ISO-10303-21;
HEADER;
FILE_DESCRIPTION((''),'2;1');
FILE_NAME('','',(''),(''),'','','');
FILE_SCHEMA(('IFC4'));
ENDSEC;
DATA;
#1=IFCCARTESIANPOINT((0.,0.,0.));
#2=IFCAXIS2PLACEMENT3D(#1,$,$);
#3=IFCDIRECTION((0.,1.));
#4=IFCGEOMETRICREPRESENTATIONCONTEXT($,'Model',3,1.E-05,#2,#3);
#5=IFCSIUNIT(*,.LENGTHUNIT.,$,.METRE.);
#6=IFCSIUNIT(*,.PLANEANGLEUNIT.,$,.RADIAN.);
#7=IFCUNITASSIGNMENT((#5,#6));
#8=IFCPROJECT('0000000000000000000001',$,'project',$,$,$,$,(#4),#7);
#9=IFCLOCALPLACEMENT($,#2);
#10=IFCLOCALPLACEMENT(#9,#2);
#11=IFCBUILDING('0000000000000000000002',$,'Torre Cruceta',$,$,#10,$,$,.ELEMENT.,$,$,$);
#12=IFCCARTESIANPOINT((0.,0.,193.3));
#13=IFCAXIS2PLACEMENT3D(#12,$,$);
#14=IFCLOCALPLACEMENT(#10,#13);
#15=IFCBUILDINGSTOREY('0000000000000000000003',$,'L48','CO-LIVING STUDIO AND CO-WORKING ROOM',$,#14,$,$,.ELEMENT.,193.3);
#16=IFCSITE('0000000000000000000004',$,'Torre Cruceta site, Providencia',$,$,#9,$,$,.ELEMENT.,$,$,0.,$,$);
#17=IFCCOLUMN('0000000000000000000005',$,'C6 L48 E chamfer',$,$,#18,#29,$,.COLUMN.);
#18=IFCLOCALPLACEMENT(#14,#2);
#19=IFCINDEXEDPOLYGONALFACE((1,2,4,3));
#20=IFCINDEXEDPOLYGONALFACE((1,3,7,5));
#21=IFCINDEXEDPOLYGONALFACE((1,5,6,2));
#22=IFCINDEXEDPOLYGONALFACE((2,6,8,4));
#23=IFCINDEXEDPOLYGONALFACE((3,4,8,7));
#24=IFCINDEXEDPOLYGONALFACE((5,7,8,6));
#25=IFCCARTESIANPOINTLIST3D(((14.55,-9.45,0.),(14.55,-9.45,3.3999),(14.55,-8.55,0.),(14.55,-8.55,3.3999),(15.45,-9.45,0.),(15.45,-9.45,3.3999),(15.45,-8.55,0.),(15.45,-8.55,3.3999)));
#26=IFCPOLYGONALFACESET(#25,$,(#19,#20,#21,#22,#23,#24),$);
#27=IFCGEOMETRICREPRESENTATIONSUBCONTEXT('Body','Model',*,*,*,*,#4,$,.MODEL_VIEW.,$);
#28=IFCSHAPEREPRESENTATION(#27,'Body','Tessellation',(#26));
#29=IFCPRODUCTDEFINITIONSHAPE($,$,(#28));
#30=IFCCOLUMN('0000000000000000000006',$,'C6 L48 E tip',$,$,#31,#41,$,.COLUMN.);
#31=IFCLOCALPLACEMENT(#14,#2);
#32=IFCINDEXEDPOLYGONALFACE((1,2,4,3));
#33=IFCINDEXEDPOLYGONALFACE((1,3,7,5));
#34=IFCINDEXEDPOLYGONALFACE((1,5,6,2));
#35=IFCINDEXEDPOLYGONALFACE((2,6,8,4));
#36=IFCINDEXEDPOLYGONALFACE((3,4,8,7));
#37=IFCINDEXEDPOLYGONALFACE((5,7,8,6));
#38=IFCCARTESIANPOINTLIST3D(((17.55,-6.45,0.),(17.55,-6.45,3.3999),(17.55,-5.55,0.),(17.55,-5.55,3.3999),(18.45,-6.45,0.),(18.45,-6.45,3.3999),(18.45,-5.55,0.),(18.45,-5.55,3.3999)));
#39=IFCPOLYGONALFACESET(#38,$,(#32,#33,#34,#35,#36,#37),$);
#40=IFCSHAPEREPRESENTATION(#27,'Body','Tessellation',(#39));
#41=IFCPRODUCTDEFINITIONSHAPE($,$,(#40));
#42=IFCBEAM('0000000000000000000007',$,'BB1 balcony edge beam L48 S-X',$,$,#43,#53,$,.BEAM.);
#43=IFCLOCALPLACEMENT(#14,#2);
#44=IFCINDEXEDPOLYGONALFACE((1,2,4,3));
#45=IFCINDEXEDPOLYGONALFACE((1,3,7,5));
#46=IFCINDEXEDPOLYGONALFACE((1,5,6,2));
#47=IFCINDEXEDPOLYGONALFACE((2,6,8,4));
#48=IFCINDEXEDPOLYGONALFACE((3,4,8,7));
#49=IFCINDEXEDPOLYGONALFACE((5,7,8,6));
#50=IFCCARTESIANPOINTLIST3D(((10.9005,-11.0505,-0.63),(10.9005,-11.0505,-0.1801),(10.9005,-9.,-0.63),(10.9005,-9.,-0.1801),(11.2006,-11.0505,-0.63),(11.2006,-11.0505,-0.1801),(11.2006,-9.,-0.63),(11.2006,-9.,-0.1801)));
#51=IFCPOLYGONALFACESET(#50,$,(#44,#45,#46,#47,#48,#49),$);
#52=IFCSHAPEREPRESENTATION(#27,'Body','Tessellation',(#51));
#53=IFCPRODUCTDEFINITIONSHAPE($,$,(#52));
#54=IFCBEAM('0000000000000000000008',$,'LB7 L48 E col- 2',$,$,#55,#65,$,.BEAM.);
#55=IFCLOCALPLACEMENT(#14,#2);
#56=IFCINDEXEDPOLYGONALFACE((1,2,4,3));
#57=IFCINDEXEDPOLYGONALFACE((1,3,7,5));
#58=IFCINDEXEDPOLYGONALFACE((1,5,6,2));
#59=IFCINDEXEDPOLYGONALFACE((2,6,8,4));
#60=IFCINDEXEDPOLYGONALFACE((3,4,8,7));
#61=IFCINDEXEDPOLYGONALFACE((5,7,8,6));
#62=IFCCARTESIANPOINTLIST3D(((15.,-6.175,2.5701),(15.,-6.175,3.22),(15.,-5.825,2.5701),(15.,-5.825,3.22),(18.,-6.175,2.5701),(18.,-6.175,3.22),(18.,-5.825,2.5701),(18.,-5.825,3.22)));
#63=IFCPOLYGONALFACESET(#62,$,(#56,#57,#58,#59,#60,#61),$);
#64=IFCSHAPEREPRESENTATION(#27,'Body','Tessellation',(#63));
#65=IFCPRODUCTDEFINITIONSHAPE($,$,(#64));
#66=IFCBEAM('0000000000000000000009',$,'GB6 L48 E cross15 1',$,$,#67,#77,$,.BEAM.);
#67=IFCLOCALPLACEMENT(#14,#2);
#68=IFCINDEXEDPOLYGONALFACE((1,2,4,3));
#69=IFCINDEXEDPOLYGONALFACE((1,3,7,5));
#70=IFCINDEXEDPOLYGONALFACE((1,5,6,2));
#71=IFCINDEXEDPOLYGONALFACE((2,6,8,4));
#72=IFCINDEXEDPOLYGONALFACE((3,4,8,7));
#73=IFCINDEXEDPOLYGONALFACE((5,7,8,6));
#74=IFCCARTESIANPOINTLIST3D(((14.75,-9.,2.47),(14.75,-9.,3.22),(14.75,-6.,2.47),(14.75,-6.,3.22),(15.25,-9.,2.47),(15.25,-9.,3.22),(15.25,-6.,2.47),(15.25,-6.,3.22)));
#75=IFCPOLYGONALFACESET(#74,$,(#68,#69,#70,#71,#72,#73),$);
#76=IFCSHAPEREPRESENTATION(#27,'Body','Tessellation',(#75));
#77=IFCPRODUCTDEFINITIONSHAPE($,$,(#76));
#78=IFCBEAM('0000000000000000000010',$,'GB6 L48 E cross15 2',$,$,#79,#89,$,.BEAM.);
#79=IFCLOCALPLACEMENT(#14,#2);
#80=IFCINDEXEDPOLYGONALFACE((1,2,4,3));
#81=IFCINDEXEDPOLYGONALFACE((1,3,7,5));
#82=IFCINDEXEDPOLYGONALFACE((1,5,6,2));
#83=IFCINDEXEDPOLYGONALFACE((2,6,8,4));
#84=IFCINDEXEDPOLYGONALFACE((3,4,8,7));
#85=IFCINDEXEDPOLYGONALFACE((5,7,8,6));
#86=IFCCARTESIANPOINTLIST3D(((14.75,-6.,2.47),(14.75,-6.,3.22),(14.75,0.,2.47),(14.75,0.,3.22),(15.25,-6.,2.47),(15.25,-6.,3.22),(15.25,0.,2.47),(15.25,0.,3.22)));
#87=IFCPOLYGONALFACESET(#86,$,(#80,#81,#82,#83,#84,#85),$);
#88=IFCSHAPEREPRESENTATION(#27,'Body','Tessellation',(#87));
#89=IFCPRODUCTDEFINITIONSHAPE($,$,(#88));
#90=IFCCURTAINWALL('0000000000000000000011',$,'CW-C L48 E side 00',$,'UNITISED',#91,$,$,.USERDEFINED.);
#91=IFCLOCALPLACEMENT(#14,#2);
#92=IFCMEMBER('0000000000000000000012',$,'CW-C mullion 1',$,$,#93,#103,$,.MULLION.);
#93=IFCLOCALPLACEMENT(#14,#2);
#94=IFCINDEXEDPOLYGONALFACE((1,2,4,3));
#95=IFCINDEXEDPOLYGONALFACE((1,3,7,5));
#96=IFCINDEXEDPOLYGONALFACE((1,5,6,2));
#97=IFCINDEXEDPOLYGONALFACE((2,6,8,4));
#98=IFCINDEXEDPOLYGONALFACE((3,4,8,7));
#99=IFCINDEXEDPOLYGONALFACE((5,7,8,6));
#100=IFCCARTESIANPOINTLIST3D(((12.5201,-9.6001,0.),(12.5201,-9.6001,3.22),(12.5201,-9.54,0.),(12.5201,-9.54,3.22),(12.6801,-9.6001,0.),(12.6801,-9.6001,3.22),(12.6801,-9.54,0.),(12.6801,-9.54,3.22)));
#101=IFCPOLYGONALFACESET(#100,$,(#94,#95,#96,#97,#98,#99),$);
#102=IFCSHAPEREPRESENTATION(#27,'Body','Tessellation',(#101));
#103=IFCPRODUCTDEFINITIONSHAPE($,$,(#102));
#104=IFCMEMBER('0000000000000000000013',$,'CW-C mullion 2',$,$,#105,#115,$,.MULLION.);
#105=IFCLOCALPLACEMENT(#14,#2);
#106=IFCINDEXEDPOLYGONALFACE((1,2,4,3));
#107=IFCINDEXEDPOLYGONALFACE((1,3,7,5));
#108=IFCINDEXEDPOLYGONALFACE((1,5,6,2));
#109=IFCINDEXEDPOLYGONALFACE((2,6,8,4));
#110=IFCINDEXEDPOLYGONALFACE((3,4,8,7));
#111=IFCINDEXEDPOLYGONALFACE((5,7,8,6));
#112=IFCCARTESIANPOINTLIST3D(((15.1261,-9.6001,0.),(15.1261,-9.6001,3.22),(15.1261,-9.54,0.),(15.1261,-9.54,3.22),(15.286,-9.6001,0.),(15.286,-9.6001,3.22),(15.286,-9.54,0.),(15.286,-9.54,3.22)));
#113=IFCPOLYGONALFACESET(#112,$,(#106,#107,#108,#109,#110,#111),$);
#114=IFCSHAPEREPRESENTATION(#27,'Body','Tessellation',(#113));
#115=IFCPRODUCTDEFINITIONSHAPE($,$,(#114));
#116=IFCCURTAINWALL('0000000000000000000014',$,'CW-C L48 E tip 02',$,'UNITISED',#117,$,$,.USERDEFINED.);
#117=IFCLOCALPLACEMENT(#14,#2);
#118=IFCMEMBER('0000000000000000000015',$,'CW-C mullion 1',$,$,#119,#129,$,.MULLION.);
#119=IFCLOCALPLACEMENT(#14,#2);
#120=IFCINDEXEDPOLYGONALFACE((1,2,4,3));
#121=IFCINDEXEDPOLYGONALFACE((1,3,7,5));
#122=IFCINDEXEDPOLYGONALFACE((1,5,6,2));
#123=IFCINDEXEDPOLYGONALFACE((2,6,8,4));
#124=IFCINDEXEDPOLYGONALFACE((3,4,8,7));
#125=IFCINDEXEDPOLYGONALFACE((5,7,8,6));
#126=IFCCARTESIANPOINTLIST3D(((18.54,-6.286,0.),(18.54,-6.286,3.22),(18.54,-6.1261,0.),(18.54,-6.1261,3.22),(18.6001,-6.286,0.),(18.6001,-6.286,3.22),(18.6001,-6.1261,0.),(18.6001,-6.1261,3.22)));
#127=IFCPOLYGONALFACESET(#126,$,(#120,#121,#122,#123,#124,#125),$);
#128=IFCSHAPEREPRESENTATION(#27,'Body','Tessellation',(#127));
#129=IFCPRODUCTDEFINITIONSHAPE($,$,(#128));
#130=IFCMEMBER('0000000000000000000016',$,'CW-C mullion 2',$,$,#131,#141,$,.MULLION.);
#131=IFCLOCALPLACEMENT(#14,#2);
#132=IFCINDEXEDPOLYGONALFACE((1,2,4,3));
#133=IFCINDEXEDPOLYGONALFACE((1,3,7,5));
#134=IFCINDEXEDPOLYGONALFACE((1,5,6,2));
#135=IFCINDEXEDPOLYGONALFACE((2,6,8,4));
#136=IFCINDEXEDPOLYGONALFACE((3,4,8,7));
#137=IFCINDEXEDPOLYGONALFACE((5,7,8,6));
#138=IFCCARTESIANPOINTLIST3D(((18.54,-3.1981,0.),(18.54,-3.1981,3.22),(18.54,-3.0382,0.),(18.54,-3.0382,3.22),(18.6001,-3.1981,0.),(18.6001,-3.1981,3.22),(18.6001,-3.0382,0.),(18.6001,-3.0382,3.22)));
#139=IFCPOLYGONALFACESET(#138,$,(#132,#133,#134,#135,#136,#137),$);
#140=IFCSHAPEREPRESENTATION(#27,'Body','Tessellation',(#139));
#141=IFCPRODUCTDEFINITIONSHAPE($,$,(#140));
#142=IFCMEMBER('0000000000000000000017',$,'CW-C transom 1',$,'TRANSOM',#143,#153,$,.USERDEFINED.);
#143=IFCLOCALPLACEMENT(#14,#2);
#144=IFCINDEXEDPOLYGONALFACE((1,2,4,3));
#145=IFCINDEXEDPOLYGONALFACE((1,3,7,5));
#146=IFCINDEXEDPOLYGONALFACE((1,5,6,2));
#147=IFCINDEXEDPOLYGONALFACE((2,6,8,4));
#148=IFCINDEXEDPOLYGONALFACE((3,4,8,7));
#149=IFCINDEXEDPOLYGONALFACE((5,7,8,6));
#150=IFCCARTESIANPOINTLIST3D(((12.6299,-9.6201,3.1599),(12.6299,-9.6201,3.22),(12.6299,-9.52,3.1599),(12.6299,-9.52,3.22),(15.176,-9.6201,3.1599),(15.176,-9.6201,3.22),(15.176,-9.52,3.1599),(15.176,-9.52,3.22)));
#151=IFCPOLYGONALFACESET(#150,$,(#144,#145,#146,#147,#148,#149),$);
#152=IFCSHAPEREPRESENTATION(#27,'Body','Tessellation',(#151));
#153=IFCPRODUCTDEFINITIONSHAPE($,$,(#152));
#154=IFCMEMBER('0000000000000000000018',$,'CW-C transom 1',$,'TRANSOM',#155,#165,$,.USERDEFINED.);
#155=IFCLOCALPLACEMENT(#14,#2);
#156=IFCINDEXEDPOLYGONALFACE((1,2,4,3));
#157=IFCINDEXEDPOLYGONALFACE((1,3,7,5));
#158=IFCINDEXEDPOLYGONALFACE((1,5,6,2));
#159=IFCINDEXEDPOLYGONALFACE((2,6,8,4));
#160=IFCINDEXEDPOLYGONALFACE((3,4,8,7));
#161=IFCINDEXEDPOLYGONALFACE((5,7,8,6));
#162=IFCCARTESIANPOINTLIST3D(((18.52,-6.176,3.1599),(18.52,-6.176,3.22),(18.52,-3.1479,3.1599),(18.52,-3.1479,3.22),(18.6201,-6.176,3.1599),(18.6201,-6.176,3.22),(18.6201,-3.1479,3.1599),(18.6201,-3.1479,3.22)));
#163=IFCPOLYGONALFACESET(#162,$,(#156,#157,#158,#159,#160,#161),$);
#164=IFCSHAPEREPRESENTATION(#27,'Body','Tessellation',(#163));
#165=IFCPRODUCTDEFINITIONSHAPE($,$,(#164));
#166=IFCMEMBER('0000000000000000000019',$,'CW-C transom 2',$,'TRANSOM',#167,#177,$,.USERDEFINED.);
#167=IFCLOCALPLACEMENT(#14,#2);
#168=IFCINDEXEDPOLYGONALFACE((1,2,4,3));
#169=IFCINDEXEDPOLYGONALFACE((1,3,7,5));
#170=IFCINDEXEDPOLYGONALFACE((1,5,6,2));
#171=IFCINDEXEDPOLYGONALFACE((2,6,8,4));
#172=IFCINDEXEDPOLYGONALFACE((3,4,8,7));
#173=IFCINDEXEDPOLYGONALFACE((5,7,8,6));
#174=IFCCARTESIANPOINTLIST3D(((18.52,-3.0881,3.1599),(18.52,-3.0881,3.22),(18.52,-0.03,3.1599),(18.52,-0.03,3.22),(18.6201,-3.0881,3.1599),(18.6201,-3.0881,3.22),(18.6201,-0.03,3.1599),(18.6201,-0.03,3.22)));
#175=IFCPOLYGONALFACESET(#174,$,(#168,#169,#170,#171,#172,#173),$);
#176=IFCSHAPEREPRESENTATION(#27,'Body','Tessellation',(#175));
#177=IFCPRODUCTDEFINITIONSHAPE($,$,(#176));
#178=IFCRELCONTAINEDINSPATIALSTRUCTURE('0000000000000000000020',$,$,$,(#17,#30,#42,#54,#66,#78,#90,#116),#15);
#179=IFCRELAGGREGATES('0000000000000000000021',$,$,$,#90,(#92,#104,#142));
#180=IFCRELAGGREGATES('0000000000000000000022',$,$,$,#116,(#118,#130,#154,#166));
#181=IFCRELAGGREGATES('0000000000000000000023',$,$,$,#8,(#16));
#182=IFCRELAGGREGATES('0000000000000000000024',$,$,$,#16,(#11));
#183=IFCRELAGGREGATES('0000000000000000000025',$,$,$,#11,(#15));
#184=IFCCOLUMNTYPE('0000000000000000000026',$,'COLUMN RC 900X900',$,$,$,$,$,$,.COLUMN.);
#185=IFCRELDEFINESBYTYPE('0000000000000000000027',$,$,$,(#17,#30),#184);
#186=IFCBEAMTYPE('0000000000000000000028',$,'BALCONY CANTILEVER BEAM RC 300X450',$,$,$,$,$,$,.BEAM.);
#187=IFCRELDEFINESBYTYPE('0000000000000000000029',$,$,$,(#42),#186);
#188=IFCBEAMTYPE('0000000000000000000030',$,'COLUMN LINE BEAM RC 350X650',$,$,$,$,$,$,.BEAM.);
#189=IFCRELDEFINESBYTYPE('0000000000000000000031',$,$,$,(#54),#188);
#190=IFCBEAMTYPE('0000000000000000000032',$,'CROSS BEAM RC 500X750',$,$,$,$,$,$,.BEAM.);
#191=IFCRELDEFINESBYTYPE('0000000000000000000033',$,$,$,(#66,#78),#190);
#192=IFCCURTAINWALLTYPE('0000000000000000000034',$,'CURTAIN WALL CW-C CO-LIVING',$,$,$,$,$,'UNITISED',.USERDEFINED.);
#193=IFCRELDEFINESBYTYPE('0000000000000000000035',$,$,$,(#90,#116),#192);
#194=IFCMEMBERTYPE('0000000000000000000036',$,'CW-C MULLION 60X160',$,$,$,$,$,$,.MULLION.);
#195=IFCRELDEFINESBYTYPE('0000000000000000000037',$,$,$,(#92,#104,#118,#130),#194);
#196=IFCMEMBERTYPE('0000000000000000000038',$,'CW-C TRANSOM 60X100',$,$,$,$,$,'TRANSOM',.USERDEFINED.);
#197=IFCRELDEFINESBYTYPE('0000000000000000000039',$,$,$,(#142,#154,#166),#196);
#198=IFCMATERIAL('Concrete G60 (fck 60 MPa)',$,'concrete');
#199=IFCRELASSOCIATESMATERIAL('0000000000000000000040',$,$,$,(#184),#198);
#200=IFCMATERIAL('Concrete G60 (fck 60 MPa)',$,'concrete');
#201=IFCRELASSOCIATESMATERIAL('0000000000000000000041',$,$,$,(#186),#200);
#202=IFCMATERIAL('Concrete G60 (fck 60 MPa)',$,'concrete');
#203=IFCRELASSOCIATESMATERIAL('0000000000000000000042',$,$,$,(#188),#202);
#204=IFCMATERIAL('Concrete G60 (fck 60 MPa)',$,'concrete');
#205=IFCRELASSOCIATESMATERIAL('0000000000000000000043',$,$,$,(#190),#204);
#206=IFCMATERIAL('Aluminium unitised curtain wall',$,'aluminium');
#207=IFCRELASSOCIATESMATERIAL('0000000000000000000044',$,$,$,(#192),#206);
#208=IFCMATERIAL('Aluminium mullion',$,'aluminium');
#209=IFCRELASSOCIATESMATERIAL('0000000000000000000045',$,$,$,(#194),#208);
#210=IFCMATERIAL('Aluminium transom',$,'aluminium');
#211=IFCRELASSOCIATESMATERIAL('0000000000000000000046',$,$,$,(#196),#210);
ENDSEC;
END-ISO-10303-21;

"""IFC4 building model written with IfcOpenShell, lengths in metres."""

from ifc_helpers import new_model, si_unit, direction, frame, origin, origin_2d, place, context, subcontext, project, spatial, rectangle, extrude, material, material_profile, profile_set, type_object, element, aggregate, save


model = new_model("IFC4")

# Units and contexts
model_context = context("Model", 3, precision=1e-05, world=origin(), true_north=direction((0.0, 1.0)))
body_context = subcontext(model_context, "Body", "Model", "MODEL_VIEW")
ifc_project = project(units=[si_unit("LENGTHUNIT", "METRE"), si_unit("PLANEANGLEUNIT", "RADIAN")], contexts=[model_context])

# Site, building, storey
site_placement = place(None, origin())
site = spatial("IfcSite", under=ifc_project, at=site_placement, Name="Torre Cruceta site, Providencia", CompositionType="ELEMENT", RefElevation=0.0)
building_placement = place(site_placement, origin())
building = spatial("IfcBuilding", under=site, at=building_placement, Name="Torre Cruceta", CompositionType="ELEMENT")
storey_placement = place(building_placement, frame((0.0, 0.0, 193.3)))
storey = spatial("IfcBuildingStorey", under=building, at=storey_placement, Name="L48", Description="CO-LIVING STUDIO AND CO-WORKING ROOM", CompositionType="ELEMENT", Elevation=193.3)

# Columns
ifc_material_1 = material(Name="Concrete G60 (fck 60 MPa)", Category="concrete")
ifc_material_profile_1 = material_profile(ifc_material_1, rectangle(XDim=0.8999, YDim=0.8999, at=origin_2d()), Name="RC 900X900")
ifc_profile_set_1 = profile_set([ifc_material_profile_1], Name="Concrete G60 (fck 60 MPa)")
column_type = type_object("IfcColumnType", Name="COLUMN RC 900X900", PredefinedType="COLUMN", material=ifc_profile_set_1)
for number, where, z_axis, x_axis, name in (
    (1, (15.0, -9.0, 0.0), (0.0, 0.0, 1.0), (1.0, 0.0, 0.0), "C6 L48 E chamfer"),
    (2, (18.0, -6.0, 0.0), (0.0, 0.0, 1.0), (1.0, 0.0, 0.0), "C6 L48 E tip"),
):
    element("IfcColumn", number, at=place(storey_placement, frame(where, z_axis=z_axis, x_axis=x_axis)), inside=storey, type_object=column_type, Name=name, PredefinedType="COLUMN", context=body_context, shape_type="SweptSolid", body=[
        extrude(rectangle(XDim=0.8999, YDim=0.8999, at=origin_2d()), origin(), (0.0, 0.0, 1.0), 3.3999),
    ])

# Beams
ifc_material_2 = material(Name="Concrete G60 (fck 60 MPa)", Category="concrete")
ifc_material_profile_2 = material_profile(ifc_material_2, rectangle(XDim=0.3, YDim=0.45, at=origin_2d()), Name="RC 300X450")
ifc_profile_set_2 = profile_set([ifc_material_profile_2], Name="Concrete G60 (fck 60 MPa)")
beam_type_1 = type_object("IfcBeamType", Name="BALCONY CANTILEVER BEAM RC 300X450", PredefinedType="BEAM", material=ifc_profile_set_2)
beam_1_placement = place(storey_placement, frame((11.0505, -9.0, -0.405), z_axis=(0.0, -1.0, 0.0), x_axis=(1.0, 0.0, 0.0)))
element("IfcBeam", 3, at=beam_1_placement, inside=storey, type_object=beam_type_1, Name="BB1 balcony edge beam L48 S-X", PredefinedType="BEAM", context=body_context, shape_type="SweptSolid", body=[
    extrude(rectangle(XDim=0.3, YDim=0.45, at=origin_2d()), origin(), (0.0, 0.0, 1.0), 2.0505),
])
ifc_material_3 = material(Name="Concrete G60 (fck 60 MPa)", Category="concrete")
ifc_material_profile_3 = material_profile(ifc_material_3, rectangle(XDim=0.3501, YDim=0.6499, at=origin_2d()), Name="RC 350X650")
ifc_profile_set_3 = profile_set([ifc_material_profile_3], Name="Concrete G60 (fck 60 MPa)")
beam_type_2 = type_object("IfcBeamType", Name="COLUMN LINE BEAM RC 350X650", PredefinedType="BEAM", material=ifc_profile_set_3)
beam_2_placement = place(storey_placement, frame((15.0, -6.0, 2.895), z_axis=(1.0, 0.0, 0.0), x_axis=(0.0, 1.0, 0.0)))
element("IfcBeam", 4, at=beam_2_placement, inside=storey, type_object=beam_type_2, Name="LB7 L48 E col- 2", PredefinedType="BEAM", context=body_context, shape_type="SweptSolid", body=[
    extrude(rectangle(XDim=0.3501, YDim=0.6499, at=origin_2d()), origin(), (0.0, 0.0, 1.0), 3.0),
])
ifc_material_4 = material(Name="Concrete G60 (fck 60 MPa)", Category="concrete")
ifc_material_profile_4 = material_profile(ifc_material_4, rectangle(XDim=0.5, YDim=0.75, at=origin_2d()), Name="RC 500X750")
ifc_profile_set_4 = profile_set([ifc_material_profile_4], Name="Concrete G60 (fck 60 MPa)")
beam_type_3 = type_object("IfcBeamType", Name="CROSS BEAM RC 500X750", PredefinedType="BEAM", material=ifc_profile_set_4)
beam_3_placement = place(storey_placement, frame((15.0, -9.0, 2.845), z_axis=(0.0, 1.0, 0.0), x_axis=(-1.0, 0.0, 0.0)))
element("IfcBeam", 5, at=beam_3_placement, inside=storey, type_object=beam_type_3, Name="GB6 L48 E cross15 1", PredefinedType="BEAM", context=body_context, shape_type="SweptSolid", body=[
    extrude(rectangle(XDim=0.5, YDim=0.75, at=origin_2d()), origin(), (0.0, 0.0, 1.0), 3.0),
])
beam_4_placement = place(storey_placement, frame((15.0, -6.0, 2.845), z_axis=(0.0, 1.0, 0.0), x_axis=(-1.0, 0.0, 0.0)))
element("IfcBeam", 6, at=beam_4_placement, inside=storey, type_object=beam_type_3, Name="GB6 L48 E cross15 2", PredefinedType="BEAM", context=body_context, shape_type="SweptSolid", body=[
    extrude(rectangle(XDim=0.5, YDim=0.75, at=origin_2d()), origin(), (0.0, 0.0, 1.0), 6.0),
])

# Curtain walls, members
ifc_material_5 = material(Name="Aluminium unitised curtain wall", Category="aluminium")
curtain_wall_type = type_object("IfcCurtainWallType", Name="CURTAIN WALL CW-C CO-LIVING", ElementType="UNITISED", PredefinedType="USERDEFINED", material=ifc_material_5)
curtain_wall_1_placement = place(storey_placement, origin())
curtain_wall_1 = element("IfcCurtainWall", 7, at=curtain_wall_1_placement, inside=storey, type_object=curtain_wall_type, Name="CW-C L48 E side 00", ObjectType="UNITISED", PredefinedType="USERDEFINED")
ifc_material_6 = material(Name="Aluminium mullion", Category="aluminium")
ifc_material_profile_5 = material_profile(ifc_material_6, rectangle(XDim=0.0601, YDim=0.1599, at=origin_2d()), Name="AL 60X160")
ifc_profile_set_5 = profile_set([ifc_material_profile_5], Name="Aluminium mullion")
member_type_1 = type_object("IfcMemberType", Name="CW-C MULLION 60X160", PredefinedType="MULLION", material=ifc_profile_set_5)
member_1_placement = place(storey_placement, frame((12.6001, -9.5701, 0.0), z_axis=(0.0, 0.0, 1.0), x_axis=(0.0, 1.0, 0.0)))
member_1 = element("IfcMember", 8, at=member_1_placement, type_object=member_type_1, Name="CW-C mullion 1", PredefinedType="MULLION", context=body_context, shape_type="SweptSolid", body=[
    extrude(rectangle(XDim=0.0601, YDim=0.1599, at=origin_2d()), origin(), (0.0, 0.0, 1.0), 3.22),
])
member_2_placement = place(storey_placement, frame((15.2061, -9.5701, 0.0), z_axis=(0.0, 0.0, 1.0), x_axis=(0.0, 1.0, 0.0)))
member_2 = element("IfcMember", 9, at=member_2_placement, type_object=member_type_1, Name="CW-C mullion 2", PredefinedType="MULLION", context=body_context, shape_type="SweptSolid", body=[
    extrude(rectangle(XDim=0.0601, YDim=0.1599, at=origin_2d()), origin(), (0.0, 0.0, 1.0), 3.22),
])
curtain_wall_2_placement = place(storey_placement, origin())
curtain_wall_2 = element("IfcCurtainWall", 10, at=curtain_wall_2_placement, inside=storey, type_object=curtain_wall_type, Name="CW-C L48 E tip 02", ObjectType="UNITISED", PredefinedType="USERDEFINED")
member_3_placement = place(storey_placement, frame((18.5701, -6.2061, 0.0), z_axis=(0.0, 0.0, 1.0), x_axis=(-1.0, 0.0, 0.0)))
member_3 = element("IfcMember", 11, at=member_3_placement, type_object=member_type_1, Name="CW-C mullion 1", PredefinedType="MULLION", context=body_context, shape_type="SweptSolid", body=[
    extrude(rectangle(XDim=0.0601, YDim=0.1599, at=origin_2d()), origin(), (0.0, 0.0, 1.0), 3.22),
])
member_4_placement = place(storey_placement, frame((18.5701, -3.1182, 0.0), z_axis=(0.0, 0.0, 1.0), x_axis=(-1.0, 0.0, 0.0)))
member_4 = element("IfcMember", 12, at=member_4_placement, type_object=member_type_1, Name="CW-C mullion 2", PredefinedType="MULLION", context=body_context, shape_type="SweptSolid", body=[
    extrude(rectangle(XDim=0.0601, YDim=0.1599, at=origin_2d()), origin(), (0.0, 0.0, 1.0), 3.22),
])

# Members
ifc_material_7 = material(Name="Aluminium transom", Category="aluminium")
ifc_material_profile_6 = material_profile(ifc_material_7, rectangle(XDim=0.1001, YDim=0.0601, at=origin_2d()), Name="AL 100X60")
ifc_profile_set_6 = profile_set([ifc_material_profile_6], Name="Aluminium transom")
member_type_2 = type_object("IfcMemberType", Name="CW-C TRANSOM 60X100", ElementType="TRANSOM", PredefinedType="USERDEFINED", material=ifc_profile_set_6)
member_5_placement = place(storey_placement, frame((12.6299, -9.5701, 3.1899), z_axis=(1.0, 0.0, 0.0), x_axis=(0.0, 1.0, 0.0)))
member_5 = element("IfcMember", 13, at=member_5_placement, type_object=member_type_2, Name="CW-C transom 1", ObjectType="TRANSOM", PredefinedType="USERDEFINED", context=body_context, shape_type="SweptSolid", body=[
    extrude(rectangle(XDim=0.1001, YDim=0.0601, at=origin_2d()), origin(), (0.0, 0.0, 1.0), 2.5461),
])
member_6_placement = place(storey_placement, frame((18.5701, -6.176, 3.1899), z_axis=(0.0, 1.0, 0.0), x_axis=(-1.0, 0.0, 0.0)))
member_6 = element("IfcMember", 14, at=member_6_placement, type_object=member_type_2, Name="CW-C transom 1", ObjectType="TRANSOM", PredefinedType="USERDEFINED", context=body_context, shape_type="SweptSolid", body=[
    extrude(rectangle(XDim=0.1001, YDim=0.0601, at=origin_2d()), origin(), (0.0, 0.0, 1.0), 3.0281),
])
member_7_placement = place(storey_placement, frame((18.5701, -3.0881, 3.1899), z_axis=(0.0, 1.0, 0.0), x_axis=(-1.0, 0.0, 0.0)))
member_7 = element("IfcMember", 15, at=member_7_placement, type_object=member_type_2, Name="CW-C transom 2", ObjectType="TRANSOM", PredefinedType="USERDEFINED", context=body_context, shape_type="SweptSolid", body=[
    extrude(rectangle(XDim=0.1001, YDim=0.0601, at=origin_2d()), origin(), (0.0, 0.0, 1.0), 3.0581),
])

aggregate(curtain_wall_1, [member_1, member_2, member_5])
aggregate(curtain_wall_2, [member_3, member_4, member_6, member_7])

save(model, "model.ifc")
